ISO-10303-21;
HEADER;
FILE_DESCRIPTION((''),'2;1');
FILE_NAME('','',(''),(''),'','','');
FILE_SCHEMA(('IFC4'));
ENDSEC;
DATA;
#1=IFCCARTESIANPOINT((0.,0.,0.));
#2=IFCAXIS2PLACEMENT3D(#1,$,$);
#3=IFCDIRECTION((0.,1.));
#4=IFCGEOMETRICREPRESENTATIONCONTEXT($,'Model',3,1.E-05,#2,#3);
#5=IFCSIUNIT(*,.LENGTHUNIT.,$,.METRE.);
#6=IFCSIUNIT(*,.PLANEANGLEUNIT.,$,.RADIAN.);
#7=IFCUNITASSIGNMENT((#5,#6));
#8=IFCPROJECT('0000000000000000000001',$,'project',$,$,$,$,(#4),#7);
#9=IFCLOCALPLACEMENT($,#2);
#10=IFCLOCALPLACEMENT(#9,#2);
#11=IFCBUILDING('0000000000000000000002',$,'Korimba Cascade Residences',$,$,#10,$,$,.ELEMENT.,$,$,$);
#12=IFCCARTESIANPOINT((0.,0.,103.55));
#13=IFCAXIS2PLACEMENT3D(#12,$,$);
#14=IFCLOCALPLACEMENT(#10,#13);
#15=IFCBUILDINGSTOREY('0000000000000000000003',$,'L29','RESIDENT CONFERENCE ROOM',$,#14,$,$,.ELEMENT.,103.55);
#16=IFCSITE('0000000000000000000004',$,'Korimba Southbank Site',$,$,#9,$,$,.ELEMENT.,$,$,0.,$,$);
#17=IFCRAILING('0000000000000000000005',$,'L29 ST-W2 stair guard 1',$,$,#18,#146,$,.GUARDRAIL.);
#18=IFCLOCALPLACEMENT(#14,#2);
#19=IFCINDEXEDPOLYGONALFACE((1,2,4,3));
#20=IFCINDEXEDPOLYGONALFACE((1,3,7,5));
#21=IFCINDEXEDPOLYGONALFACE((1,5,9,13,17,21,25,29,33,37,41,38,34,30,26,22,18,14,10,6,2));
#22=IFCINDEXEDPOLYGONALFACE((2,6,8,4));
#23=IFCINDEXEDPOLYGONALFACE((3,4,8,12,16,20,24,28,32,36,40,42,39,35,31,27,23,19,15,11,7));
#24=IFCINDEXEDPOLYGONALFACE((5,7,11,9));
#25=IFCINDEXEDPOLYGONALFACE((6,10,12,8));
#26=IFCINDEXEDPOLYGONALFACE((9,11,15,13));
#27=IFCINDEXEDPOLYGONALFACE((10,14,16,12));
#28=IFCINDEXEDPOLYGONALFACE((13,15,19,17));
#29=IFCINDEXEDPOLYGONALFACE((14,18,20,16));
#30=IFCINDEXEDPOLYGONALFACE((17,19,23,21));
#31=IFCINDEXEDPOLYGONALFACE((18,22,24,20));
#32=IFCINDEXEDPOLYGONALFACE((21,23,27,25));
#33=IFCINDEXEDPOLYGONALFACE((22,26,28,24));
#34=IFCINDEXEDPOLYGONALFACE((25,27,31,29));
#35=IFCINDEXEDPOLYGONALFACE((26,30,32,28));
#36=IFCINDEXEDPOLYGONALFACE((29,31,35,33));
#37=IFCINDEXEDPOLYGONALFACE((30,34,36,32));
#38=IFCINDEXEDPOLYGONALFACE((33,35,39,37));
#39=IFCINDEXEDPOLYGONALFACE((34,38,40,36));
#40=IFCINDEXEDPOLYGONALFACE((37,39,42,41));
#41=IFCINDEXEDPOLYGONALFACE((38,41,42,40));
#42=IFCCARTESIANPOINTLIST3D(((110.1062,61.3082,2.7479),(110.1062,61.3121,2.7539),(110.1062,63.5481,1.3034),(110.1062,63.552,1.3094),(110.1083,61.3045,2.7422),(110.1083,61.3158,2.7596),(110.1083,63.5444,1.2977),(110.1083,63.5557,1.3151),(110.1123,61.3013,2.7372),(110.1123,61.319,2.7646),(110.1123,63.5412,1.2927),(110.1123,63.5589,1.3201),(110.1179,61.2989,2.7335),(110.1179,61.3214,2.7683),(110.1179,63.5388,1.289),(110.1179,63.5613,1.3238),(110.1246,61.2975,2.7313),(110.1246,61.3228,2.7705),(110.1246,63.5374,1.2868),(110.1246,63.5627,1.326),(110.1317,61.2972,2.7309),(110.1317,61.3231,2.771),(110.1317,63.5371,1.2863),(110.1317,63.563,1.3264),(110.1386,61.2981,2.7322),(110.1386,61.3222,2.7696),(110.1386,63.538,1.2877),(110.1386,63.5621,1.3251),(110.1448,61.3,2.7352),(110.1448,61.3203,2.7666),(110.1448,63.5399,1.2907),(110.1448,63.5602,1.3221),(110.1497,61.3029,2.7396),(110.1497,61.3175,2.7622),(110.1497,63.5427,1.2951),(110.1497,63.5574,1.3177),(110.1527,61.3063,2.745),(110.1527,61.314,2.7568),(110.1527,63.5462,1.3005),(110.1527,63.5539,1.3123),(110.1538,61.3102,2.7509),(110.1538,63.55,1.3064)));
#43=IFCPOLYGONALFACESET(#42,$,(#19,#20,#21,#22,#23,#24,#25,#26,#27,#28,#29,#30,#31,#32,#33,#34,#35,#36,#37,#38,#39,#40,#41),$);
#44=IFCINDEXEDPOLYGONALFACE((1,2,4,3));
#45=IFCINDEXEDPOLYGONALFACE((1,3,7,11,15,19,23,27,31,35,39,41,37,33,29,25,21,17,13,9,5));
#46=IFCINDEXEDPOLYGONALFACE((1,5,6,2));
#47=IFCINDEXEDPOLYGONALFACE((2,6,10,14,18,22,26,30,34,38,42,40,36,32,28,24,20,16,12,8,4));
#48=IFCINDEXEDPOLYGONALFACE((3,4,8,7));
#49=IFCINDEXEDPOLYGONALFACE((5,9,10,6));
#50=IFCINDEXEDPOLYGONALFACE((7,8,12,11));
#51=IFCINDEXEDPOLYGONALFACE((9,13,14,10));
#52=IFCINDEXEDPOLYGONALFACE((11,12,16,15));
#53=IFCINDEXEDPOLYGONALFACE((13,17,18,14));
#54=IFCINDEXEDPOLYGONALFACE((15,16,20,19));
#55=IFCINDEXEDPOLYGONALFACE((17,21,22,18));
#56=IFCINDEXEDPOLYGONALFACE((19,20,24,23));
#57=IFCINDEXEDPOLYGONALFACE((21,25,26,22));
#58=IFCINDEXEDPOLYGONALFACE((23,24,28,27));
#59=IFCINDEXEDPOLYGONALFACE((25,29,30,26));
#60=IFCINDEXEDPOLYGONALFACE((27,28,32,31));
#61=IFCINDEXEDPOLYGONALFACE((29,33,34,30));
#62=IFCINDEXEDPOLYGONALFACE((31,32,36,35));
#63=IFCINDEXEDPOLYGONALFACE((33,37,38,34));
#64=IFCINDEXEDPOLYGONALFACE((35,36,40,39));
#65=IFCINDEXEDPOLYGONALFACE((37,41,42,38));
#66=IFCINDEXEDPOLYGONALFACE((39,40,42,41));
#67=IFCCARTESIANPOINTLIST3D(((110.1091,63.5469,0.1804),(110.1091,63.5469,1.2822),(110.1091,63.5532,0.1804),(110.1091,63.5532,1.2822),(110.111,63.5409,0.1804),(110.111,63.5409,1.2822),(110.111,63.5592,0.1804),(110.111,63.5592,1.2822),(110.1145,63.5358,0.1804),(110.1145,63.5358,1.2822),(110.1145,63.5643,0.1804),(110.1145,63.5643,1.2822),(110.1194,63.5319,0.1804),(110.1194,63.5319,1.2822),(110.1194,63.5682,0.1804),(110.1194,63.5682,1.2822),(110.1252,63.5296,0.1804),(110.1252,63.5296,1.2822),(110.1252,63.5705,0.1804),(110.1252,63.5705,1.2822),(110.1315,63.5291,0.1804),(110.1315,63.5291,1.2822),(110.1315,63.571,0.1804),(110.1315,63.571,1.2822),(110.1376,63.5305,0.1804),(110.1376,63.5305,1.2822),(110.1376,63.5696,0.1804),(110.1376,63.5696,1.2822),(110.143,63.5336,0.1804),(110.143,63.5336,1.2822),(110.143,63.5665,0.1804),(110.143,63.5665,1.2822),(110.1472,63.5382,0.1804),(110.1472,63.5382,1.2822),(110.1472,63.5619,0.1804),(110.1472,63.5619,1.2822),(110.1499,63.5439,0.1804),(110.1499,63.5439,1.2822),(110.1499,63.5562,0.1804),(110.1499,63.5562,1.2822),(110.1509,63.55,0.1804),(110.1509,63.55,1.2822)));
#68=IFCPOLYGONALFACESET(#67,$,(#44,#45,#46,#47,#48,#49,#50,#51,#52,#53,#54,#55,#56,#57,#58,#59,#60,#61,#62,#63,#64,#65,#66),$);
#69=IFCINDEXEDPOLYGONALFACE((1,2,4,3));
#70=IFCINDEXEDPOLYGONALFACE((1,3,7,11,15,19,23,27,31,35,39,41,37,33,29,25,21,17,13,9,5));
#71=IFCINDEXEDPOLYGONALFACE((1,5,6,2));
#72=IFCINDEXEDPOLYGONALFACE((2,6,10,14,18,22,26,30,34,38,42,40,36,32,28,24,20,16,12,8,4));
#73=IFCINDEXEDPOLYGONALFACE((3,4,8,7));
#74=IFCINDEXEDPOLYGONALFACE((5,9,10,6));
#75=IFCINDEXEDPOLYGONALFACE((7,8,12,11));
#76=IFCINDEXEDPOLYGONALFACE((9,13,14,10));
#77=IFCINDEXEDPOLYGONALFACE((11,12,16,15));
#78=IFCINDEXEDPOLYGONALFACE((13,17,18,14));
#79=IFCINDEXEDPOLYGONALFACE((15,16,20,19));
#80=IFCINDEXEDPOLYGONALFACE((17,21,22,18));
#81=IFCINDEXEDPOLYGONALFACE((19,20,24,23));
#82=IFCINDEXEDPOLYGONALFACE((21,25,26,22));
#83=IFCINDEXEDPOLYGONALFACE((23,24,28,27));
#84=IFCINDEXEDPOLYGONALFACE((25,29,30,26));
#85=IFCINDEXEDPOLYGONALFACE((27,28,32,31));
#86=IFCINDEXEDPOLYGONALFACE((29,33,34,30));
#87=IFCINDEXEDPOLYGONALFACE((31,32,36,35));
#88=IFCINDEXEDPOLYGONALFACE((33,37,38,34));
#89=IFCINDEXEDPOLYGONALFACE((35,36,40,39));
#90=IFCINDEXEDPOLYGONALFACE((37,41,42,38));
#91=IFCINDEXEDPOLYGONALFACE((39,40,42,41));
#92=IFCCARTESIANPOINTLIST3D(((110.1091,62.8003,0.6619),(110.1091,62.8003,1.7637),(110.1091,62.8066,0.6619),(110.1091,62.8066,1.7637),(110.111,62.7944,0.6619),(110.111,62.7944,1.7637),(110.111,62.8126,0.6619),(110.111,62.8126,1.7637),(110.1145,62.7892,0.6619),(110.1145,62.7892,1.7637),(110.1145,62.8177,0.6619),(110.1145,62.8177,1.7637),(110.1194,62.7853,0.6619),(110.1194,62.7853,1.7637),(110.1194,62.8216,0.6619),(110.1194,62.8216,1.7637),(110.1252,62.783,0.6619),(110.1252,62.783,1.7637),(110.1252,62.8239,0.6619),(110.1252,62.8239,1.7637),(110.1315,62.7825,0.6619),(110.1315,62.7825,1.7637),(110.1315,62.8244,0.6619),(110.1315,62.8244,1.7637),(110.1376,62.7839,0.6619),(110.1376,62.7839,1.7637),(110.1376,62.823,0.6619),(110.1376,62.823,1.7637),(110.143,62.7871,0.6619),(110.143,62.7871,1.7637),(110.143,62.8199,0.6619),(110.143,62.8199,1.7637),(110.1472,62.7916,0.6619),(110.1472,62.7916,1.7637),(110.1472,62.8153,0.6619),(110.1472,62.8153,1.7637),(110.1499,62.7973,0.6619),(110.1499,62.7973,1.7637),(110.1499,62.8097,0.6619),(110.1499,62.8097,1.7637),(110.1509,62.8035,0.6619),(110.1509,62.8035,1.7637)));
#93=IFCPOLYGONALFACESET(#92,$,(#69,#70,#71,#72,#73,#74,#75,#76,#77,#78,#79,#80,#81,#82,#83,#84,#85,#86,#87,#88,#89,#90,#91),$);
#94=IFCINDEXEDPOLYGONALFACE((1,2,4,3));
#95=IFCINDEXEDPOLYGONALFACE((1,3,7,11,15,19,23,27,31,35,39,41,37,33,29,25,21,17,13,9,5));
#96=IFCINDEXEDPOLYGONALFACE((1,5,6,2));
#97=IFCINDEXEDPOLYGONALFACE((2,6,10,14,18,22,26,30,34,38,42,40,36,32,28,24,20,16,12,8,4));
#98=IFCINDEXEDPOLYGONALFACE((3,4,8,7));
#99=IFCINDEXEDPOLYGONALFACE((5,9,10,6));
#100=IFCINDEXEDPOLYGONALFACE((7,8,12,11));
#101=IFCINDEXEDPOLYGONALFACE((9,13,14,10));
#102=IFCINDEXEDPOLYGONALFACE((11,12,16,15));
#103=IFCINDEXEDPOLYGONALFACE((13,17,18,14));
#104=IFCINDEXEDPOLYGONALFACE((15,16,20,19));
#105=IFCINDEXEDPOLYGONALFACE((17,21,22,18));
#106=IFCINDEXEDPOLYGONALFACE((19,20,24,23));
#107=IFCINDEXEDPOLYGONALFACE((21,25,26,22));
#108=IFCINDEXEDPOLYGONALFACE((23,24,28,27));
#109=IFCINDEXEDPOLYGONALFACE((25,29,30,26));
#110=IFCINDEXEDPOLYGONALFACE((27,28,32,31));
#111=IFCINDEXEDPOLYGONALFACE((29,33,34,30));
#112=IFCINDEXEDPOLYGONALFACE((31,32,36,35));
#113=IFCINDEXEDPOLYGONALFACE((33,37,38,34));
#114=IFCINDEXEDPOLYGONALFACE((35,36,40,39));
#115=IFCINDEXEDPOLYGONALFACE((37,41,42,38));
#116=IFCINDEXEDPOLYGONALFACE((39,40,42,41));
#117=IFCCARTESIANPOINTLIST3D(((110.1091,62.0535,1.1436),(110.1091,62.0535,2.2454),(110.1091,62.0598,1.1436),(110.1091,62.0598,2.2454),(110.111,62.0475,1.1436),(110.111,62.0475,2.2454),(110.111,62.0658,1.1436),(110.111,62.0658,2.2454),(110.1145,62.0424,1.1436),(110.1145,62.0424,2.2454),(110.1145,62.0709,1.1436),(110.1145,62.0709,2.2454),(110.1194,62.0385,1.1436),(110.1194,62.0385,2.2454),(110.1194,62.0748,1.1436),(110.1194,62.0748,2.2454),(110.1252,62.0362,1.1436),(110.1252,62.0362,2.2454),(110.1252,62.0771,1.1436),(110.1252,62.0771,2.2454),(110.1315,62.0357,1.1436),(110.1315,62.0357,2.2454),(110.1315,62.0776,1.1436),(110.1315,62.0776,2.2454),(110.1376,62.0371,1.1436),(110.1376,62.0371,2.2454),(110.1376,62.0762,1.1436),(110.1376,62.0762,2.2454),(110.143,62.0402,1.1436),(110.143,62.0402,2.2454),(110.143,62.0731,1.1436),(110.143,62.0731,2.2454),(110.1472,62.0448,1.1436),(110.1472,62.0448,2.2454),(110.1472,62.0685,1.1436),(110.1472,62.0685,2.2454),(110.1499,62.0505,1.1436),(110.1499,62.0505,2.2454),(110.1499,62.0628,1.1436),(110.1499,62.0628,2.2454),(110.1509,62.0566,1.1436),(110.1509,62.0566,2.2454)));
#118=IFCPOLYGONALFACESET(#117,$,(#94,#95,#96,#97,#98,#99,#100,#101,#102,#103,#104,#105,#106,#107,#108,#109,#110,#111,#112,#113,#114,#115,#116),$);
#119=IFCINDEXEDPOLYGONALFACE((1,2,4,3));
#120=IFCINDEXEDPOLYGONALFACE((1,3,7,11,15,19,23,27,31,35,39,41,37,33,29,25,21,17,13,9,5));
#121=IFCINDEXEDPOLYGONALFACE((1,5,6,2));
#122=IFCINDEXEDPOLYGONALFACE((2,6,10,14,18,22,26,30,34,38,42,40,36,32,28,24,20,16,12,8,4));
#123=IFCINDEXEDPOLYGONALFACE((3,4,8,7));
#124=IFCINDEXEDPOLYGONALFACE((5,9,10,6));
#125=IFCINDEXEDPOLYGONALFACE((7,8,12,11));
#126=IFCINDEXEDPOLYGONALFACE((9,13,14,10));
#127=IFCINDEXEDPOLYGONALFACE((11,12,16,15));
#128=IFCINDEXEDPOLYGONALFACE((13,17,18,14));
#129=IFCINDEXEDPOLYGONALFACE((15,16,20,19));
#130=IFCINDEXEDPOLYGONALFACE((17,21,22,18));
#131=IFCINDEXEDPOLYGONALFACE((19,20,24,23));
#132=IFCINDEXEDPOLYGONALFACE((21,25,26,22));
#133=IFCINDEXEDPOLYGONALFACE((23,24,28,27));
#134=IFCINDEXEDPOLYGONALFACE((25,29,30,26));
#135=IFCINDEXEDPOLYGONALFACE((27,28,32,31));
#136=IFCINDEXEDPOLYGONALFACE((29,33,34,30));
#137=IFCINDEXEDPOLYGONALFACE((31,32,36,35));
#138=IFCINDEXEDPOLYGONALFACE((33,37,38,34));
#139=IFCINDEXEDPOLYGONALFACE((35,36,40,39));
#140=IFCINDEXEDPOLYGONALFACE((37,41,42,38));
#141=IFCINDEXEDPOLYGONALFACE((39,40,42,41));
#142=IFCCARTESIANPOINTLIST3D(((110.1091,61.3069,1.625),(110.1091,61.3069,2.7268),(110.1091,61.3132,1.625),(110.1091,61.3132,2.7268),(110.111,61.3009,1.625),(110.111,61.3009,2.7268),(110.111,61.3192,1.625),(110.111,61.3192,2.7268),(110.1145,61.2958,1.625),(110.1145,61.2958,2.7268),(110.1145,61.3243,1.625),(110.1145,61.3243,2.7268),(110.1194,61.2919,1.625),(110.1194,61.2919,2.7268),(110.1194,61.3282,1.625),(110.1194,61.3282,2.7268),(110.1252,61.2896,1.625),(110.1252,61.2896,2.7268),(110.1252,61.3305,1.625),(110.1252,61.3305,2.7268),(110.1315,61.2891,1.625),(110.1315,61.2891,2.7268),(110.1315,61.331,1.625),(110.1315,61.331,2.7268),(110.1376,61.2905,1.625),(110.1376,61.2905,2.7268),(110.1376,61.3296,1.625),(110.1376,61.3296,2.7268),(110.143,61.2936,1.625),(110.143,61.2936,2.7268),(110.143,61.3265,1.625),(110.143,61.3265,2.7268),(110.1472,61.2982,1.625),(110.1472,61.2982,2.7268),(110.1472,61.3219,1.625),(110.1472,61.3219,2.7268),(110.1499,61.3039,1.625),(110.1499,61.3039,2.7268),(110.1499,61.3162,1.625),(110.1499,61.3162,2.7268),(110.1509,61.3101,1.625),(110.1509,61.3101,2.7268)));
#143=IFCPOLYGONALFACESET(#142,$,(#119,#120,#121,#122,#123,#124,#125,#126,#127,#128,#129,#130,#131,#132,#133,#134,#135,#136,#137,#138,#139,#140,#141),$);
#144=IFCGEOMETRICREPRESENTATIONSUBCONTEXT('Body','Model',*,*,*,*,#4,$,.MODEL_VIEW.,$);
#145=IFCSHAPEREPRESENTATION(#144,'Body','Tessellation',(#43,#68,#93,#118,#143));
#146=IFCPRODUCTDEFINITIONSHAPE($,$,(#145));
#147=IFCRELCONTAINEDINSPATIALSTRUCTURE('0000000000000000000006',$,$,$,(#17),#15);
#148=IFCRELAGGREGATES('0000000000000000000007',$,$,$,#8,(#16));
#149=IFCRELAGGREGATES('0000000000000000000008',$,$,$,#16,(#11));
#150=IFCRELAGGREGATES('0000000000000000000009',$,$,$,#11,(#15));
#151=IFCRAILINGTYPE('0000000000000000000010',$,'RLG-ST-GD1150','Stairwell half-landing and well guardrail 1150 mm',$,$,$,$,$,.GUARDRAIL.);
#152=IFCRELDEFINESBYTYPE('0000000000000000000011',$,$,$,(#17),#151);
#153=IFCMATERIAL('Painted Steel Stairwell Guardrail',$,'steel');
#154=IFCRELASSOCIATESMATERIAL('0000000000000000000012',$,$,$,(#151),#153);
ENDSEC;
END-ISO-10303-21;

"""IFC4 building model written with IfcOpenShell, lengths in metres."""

from ifc_helpers import new_model, si_unit, direction, frame, origin, origin_2d, place, context, subcontext, project, spatial, circle, extrude, material, type_object, element, save


model = new_model("IFC4")

# Units and contexts
model_context = context("Model", 3, precision=1e-05, world=origin(), true_north=direction((0.0, 1.0)))
body_context = subcontext(model_context, "Body", "Model", "MODEL_VIEW")
ifc_project = project(units=[si_unit("LENGTHUNIT", "METRE"), si_unit("PLANEANGLEUNIT", "RADIAN")], contexts=[model_context])

# Site, building, storey
site_placement = place(None, origin())
site = spatial("IfcSite", under=ifc_project, at=site_placement, Name="Korimba Southbank Site", CompositionType="ELEMENT", RefElevation=0.0)
building_placement = place(site_placement, origin())
building = spatial("IfcBuilding", under=site, at=building_placement, Name="Korimba Cascade Residences", CompositionType="ELEMENT")
storey_placement = place(building_placement, frame((0.0, 0.0, 103.55)))
storey = spatial("IfcBuildingStorey", under=building, at=storey_placement, Name="L29", Description="RESIDENT CONFERENCE ROOM", CompositionType="ELEMENT", Elevation=103.55)

# Railing
ifc_material_1 = material(Name="Painted Steel Stairwell Guardrail", Category="steel")
railing_type_1 = type_object("IfcRailingType", Name="RLG-ST-GD1150", Description="Stairwell half-landing and well guardrail 1150 mm", PredefinedType="GUARDRAIL", material=ifc_material_1)
railing_1_placement = place(storey_placement, frame((110.1299, 63.55, 0.1804)))
element("IfcRailing", 1, at=railing_1_placement, inside=storey, type_object=railing_type_1, Name="L29 ST-W2 stair guard 1", PredefinedType="GUARDRAIL", context=body_context, shape_type="SweptSolid", body=[
    extrude(circle(Radius=0.0239, at=origin_2d()), frame((0.0, 0.0, 1.126), z_axis=(0.0, -0.840395, 0.541975), x_axis=(1.0, 0.0, 0.0)), (0.0, 0.0, 1.0), 2.6653),
    extrude(circle(Radius=0.021, at=origin_2d()), origin(), (0.0, 0.0, 1.0), 1.1018),
    extrude(circle(Radius=0.021, at=origin_2d()), frame((0.0, -0.7466, 0.4814)), (0.0, 0.0, 1.0), 1.1018),
    extrude(circle(Radius=0.021, at=origin_2d()), frame((0.0, -1.4934, 0.9631)), (0.0, 0.0, 1.0), 1.1018),
    extrude(circle(Radius=0.021, at=origin_2d()), frame((0.0, -2.24, 1.4446)), (0.0, 0.0, 1.0), 1.1018),
])

save(model, "model.ifc")
